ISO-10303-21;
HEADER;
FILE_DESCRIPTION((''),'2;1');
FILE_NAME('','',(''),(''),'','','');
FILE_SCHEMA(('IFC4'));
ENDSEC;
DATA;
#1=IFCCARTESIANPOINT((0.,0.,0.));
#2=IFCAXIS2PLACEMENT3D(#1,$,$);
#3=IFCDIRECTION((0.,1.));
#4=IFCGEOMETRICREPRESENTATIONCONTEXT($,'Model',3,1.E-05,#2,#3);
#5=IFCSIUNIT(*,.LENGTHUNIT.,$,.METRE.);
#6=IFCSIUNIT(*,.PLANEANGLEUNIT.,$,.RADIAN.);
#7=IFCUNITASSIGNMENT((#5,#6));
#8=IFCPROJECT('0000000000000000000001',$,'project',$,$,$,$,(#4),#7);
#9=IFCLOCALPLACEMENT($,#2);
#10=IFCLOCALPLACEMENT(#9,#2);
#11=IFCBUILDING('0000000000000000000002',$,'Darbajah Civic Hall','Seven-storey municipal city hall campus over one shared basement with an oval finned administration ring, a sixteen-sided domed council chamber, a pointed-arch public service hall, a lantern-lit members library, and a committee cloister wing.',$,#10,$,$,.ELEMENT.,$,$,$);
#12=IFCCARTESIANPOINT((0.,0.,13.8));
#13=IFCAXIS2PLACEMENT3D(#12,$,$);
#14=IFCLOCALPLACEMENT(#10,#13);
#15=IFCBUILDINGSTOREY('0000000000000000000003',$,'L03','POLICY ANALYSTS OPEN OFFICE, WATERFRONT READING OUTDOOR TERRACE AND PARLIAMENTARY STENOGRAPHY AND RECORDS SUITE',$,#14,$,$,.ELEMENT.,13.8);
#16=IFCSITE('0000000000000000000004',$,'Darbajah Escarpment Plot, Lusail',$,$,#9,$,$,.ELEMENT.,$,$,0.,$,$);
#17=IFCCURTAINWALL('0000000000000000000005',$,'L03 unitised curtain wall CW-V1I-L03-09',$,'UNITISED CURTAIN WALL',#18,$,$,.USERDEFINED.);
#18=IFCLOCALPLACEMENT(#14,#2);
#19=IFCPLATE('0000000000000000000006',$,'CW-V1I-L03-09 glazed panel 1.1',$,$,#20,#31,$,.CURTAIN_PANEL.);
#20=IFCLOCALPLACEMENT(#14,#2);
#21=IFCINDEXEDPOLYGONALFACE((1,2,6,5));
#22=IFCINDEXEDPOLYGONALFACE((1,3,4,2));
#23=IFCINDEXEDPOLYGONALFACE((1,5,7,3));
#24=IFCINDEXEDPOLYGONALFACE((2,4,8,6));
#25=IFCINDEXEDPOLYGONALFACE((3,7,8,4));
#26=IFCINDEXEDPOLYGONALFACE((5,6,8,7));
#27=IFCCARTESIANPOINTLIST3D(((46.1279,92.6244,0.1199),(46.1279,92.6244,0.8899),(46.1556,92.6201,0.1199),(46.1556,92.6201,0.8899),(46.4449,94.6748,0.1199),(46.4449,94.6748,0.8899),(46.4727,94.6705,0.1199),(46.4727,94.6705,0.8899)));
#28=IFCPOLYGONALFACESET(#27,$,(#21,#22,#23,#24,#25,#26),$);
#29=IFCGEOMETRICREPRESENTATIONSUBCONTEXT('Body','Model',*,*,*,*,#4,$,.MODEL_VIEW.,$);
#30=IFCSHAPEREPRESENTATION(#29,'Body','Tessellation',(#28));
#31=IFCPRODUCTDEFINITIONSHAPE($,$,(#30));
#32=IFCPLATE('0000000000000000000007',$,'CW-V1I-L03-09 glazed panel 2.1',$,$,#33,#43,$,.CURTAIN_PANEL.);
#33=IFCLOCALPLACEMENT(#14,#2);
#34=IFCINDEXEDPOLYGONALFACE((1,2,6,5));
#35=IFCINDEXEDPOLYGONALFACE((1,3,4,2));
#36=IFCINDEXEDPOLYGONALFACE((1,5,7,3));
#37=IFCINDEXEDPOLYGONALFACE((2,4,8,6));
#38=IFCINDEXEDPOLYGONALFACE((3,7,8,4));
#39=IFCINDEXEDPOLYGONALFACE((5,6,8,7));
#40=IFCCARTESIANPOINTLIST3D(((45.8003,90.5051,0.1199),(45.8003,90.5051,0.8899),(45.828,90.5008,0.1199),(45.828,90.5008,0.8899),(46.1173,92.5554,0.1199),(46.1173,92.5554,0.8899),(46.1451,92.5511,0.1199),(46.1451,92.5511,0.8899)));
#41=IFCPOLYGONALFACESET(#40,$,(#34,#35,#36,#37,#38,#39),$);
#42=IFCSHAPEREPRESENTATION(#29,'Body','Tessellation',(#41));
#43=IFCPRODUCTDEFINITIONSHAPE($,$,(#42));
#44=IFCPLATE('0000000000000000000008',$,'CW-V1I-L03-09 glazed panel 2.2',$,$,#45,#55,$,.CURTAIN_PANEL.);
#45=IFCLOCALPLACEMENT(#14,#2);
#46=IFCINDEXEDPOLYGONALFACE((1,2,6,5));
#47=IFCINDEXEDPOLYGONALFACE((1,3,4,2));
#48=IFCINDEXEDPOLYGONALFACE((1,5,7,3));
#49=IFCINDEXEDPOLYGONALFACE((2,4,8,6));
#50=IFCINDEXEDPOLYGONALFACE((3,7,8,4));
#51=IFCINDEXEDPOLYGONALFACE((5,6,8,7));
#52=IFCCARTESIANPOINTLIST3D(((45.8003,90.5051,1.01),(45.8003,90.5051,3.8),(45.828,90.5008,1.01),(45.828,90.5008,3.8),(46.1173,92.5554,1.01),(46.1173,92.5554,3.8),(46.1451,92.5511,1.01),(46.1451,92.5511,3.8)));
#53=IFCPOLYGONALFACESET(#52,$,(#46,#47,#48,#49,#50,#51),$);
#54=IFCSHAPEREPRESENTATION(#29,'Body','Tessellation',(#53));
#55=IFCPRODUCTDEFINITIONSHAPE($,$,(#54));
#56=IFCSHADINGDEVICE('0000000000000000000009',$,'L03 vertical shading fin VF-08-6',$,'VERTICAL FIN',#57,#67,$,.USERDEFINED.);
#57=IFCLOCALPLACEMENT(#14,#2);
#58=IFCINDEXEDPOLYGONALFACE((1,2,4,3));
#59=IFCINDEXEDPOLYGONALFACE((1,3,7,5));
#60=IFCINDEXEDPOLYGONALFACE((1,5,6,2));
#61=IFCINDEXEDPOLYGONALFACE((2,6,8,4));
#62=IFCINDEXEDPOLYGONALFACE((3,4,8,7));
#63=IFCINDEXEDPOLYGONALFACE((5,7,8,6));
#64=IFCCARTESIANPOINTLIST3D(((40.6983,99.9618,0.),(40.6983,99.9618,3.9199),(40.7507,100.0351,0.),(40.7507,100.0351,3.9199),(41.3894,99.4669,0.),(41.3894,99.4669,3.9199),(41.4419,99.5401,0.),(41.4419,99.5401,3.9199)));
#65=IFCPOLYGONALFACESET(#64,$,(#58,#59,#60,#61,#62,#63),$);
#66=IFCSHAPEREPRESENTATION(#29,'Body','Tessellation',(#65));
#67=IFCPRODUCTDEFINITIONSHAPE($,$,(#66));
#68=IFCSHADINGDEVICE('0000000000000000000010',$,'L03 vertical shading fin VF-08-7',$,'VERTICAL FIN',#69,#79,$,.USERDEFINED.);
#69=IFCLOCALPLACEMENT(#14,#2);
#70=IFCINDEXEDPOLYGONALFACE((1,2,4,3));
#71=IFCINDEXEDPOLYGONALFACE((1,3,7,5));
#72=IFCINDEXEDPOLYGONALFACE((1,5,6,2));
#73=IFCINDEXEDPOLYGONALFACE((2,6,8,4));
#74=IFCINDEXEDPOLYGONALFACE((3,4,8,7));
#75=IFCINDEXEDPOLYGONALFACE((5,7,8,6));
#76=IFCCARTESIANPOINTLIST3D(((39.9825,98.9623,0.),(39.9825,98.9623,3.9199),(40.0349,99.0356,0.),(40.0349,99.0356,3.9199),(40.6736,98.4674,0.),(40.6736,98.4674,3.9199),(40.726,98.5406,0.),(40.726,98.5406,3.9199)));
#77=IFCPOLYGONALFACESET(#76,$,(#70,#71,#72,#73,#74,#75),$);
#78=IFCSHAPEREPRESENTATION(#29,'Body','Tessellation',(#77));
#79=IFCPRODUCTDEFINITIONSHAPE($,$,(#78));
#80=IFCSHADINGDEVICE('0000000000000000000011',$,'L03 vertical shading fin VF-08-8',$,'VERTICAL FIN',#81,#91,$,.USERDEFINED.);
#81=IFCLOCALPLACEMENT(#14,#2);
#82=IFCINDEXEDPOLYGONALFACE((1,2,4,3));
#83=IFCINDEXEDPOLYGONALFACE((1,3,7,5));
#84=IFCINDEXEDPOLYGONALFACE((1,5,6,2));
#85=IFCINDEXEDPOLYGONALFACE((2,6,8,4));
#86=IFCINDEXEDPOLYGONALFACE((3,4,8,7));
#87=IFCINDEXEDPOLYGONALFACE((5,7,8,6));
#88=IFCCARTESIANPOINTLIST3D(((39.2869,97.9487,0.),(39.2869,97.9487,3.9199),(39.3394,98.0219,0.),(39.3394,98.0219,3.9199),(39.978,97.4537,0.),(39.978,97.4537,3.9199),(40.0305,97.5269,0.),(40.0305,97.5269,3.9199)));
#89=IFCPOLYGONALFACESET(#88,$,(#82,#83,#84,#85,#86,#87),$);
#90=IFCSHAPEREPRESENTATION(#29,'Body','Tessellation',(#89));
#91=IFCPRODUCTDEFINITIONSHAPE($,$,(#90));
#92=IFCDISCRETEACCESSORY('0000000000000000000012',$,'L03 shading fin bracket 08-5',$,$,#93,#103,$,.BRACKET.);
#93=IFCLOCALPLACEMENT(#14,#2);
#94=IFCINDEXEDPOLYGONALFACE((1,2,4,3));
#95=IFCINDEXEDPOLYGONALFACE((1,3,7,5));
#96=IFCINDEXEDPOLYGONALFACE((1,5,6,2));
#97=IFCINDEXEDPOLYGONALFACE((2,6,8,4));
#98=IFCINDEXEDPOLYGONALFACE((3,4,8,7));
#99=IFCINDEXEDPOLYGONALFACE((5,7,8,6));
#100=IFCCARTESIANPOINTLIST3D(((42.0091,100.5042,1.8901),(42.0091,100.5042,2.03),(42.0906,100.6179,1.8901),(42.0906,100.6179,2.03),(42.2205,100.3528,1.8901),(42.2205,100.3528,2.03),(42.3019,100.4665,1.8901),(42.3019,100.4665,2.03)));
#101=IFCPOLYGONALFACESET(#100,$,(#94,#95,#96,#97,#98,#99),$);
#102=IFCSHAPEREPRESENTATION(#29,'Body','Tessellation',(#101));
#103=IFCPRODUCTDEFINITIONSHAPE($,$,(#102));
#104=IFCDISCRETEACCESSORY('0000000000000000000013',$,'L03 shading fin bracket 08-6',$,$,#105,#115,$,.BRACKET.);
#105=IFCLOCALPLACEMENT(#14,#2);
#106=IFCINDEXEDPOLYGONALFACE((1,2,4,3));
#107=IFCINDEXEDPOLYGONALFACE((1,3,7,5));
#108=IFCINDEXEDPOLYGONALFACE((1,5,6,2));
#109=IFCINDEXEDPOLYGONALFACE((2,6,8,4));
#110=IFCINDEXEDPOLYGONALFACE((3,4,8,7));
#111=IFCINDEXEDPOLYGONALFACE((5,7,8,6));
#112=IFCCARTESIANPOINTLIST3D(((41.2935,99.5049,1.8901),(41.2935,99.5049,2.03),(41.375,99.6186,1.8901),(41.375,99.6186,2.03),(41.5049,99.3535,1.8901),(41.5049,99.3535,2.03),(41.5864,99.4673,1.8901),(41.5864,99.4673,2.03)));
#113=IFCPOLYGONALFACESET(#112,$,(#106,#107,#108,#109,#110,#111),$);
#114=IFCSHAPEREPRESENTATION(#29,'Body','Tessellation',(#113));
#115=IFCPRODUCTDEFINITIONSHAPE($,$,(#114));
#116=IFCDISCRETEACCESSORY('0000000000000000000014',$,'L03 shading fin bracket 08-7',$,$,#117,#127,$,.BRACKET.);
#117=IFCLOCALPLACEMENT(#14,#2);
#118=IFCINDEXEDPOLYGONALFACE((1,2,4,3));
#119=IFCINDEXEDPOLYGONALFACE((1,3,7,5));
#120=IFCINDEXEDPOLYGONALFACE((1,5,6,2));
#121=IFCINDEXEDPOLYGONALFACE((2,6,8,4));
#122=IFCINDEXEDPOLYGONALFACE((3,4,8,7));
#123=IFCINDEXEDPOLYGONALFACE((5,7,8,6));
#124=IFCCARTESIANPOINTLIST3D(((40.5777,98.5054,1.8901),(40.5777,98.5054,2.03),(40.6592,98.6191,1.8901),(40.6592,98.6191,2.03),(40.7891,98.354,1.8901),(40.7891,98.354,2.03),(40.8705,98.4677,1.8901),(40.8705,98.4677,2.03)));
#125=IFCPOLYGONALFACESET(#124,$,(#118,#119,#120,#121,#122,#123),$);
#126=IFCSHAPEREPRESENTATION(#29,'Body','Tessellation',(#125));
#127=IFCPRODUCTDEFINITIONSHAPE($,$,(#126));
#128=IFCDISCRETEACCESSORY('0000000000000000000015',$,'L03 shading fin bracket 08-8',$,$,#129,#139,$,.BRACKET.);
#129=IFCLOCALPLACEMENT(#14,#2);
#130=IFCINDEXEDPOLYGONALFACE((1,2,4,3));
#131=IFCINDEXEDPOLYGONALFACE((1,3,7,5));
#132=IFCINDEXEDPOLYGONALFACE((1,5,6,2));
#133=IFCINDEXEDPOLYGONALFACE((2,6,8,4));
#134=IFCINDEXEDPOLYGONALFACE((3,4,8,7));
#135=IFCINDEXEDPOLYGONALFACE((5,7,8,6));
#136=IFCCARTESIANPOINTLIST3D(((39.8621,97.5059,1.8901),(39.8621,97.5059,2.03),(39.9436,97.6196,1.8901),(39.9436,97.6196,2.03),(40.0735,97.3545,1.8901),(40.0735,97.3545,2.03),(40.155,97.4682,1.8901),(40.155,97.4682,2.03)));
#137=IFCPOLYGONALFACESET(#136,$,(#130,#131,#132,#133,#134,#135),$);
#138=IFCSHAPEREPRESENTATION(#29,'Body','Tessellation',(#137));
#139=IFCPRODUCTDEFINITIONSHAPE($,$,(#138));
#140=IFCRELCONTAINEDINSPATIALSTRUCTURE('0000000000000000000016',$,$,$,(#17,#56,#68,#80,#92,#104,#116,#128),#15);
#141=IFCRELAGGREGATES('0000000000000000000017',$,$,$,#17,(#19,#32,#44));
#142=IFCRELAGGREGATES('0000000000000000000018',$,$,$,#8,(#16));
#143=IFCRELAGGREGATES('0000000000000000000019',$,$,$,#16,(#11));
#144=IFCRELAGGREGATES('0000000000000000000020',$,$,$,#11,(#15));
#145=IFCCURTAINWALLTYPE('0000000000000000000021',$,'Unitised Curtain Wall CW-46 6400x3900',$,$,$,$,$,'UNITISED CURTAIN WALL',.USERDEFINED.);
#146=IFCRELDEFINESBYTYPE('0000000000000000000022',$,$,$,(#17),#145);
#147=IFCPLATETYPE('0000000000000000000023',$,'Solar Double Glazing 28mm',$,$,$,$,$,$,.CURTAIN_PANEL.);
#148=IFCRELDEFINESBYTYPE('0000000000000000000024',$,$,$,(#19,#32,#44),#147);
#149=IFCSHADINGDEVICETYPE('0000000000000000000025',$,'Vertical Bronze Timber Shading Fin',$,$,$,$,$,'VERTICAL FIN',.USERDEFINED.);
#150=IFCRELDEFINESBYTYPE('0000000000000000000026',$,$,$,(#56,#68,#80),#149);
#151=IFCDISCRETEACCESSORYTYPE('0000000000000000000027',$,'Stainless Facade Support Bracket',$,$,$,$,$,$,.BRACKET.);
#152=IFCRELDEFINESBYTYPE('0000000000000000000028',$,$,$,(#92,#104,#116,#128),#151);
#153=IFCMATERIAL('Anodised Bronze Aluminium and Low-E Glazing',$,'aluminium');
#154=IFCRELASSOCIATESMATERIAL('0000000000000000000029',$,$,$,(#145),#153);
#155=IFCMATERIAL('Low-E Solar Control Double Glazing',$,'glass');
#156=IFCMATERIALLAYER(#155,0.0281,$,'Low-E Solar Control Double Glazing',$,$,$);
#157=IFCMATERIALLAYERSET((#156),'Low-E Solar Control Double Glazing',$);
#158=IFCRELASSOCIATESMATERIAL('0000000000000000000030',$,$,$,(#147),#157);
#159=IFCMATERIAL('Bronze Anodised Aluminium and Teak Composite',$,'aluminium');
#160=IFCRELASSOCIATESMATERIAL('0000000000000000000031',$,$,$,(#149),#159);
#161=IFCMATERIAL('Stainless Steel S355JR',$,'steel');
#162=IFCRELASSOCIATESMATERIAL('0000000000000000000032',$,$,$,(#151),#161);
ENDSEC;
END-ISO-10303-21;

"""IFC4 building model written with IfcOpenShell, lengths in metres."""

from ifc_helpers import new_model, si_unit, direction, frame, origin, origin_2d, place, context, subcontext, project, spatial, rectangle, extrude, material, layer, layer_set, type_object, element, aggregate, save


model = new_model("IFC4")

# Units and contexts
model_context = context("Model", 3, precision=1e-05, world=origin(), true_north=direction((0.0, 1.0)))
body_context = subcontext(model_context, "Body", "Model", "MODEL_VIEW")
ifc_project = project(units=[si_unit("LENGTHUNIT", "METRE"), si_unit("PLANEANGLEUNIT", "RADIAN")], contexts=[model_context])

# Site, building, storey
site_placement = place(None, origin())
site = spatial("IfcSite", under=ifc_project, at=site_placement, Name="Darbajah Escarpment Plot, Lusail", CompositionType="ELEMENT", RefElevation=0.0)
building_placement = place(site_placement, origin())
building = spatial("IfcBuilding", under=site, at=building_placement, Name="Darbajah Civic Hall", Description="Seven-storey municipal city hall campus over one shared basement with an oval finned administration ring, a sixteen-sided domed council chamber, a pointed-arch public service hall, a lantern-lit members library, and a committee cloister wing.", CompositionType="ELEMENT")
storey_placement = place(building_placement, frame((0.0, 0.0, 13.8)))
storey = spatial("IfcBuildingStorey", under=building, at=storey_placement, Name="L03", Description="POLICY ANALYSTS OPEN OFFICE, WATERFRONT READING OUTDOOR TERRACE AND PARLIAMENTARY STENOGRAPHY AND RECORDS SUITE", CompositionType="ELEMENT", Elevation=13.8)

# Curtain wall
ifc_material_1 = material(Name="Anodised Bronze Aluminium and Low-E Glazing", Category="aluminium")
curtain_wall_type_1 = type_object("IfcCurtainWallType", Name="Unitised Curtain Wall CW-46 6400x3900", ElementType="UNITISED CURTAIN WALL", PredefinedType="USERDEFINED", material=ifc_material_1)
curtain_wall_1_placement = place(storey_placement, origin())
curtain_wall_1 = element("IfcCurtainWall", 1, at=curtain_wall_1_placement, inside=storey, type_object=curtain_wall_type_1, Name="L03 unitised curtain wall CW-V1I-L03-09", ObjectType="UNITISED CURTAIN WALL", PredefinedType="USERDEFINED")

# Plates
ifc_material_2 = material(Name="Low-E Solar Control Double Glazing", Category="glass")
ifc_layer_1 = layer(ifc_material_2, 0.0281, Name="Low-E Solar Control Double Glazing")
ifc_layer_set_1 = layer_set([ifc_layer_1], Name="Low-E Solar Control Double Glazing")
plate_type_1 = type_object("IfcPlateType", Name="Solar Double Glazing 28mm", PredefinedType="CURTAIN_PANEL", material=ifc_layer_set_1)
plate_1_placement = place(storey_placement, frame((46.3003, 93.6475, 0.1199), z_axis=(0.0, 0.0, 1.0), x_axis=(-0.152813, -0.988255, 0.0)))
plate_1 = element("IfcPlate", 2, at=plate_1_placement, type_object=plate_type_1, Name="CW-V1I-L03-09 glazed panel 1.1", PredefinedType="CURTAIN_PANEL", context=body_context, shape_type="SweptSolid", body=[
    extrude(rectangle(XDim=2.0747, YDim=0.0281, at=origin_2d()), origin(), (0.0, 0.0, 1.0), 0.77),
])
plate_2_placement = place(storey_placement, frame((45.9727, 91.5281, 0.1199), z_axis=(0.0, 0.0, 1.0), x_axis=(-0.152813, -0.988255, 0.0)))
plate_2 = element("IfcPlate", 3, at=plate_2_placement, type_object=plate_type_1, Name="CW-V1I-L03-09 glazed panel 2.1", PredefinedType="CURTAIN_PANEL", context=body_context, shape_type="SweptSolid", body=[
    extrude(rectangle(XDim=2.0747, YDim=0.0281, at=origin_2d()), origin(), (0.0, 0.0, 1.0), 0.77),
])
plate_3_placement = place(storey_placement, frame((45.9727, 91.5281, 1.01), z_axis=(0.0, 0.0, 1.0), x_axis=(-0.152813, -0.988255, 0.0)))
plate_3 = element("IfcPlate", 4, at=plate_3_placement, type_object=plate_type_1, Name="CW-V1I-L03-09 glazed panel 2.2", PredefinedType="CURTAIN_PANEL", context=body_context, shape_type="SweptSolid", body=[
    extrude(rectangle(XDim=2.0747, YDim=0.0281, at=origin_2d()), origin(), (0.0, 0.0, 1.0), 2.79),
])
aggregate(curtain_wall_1, [plate_1, plate_2, plate_3])

# Shading devices
ifc_material_3 = material(Name="Bronze Anodised Aluminium and Teak Composite", Category="aluminium")
shading_device_type = type_object("IfcShadingDeviceType", Name="Vertical Bronze Timber Shading Fin", ElementType="VERTICAL FIN", PredefinedType="USERDEFINED", material=ifc_material_3)
for number, where, z_axis, x_axis, name in (
    (5, (41.0701, 99.751, 0.0), (0.0, 0.0, 1.0), (-0.812999, 0.582265, 0.0), "L03 vertical shading fin VF-08-6"),
    (6, (40.3542, 98.7515, 0.0), (0.0, 0.0, 1.0), (-0.812999, 0.582265, 0.0), "L03 vertical shading fin VF-08-7"),
    (7, (39.6587, 97.7378, 0.0), (0.0, 0.0, 1.0), (-0.812999, 0.582265, 0.0), "L03 vertical shading fin VF-08-8"),
):
    element("IfcShadingDevice", number, at=place(storey_placement, frame(where, z_axis=z_axis, x_axis=x_axis)), inside=storey, type_object=shading_device_type, Name=name, ObjectType="VERTICAL FIN", PredefinedType="USERDEFINED", context=body_context, shape_type="SweptSolid", body=[
        extrude(rectangle(XDim=0.8501, YDim=0.0901, at=origin_2d()), origin(), (0.0, 0.0, 1.0), 3.9199),
    ])

# Discrete accessories
ifc_material_4 = material(Name="Stainless Steel S355JR", Category="steel")
discrete_accessory_type = type_object("IfcDiscreteAccessoryType", Name="Stainless Facade Support Bracket", PredefinedType="BRACKET", material=ifc_material_4)
for number, where, z_axis, x_axis, name in (
    (8, (42.1555, 100.4854, 1.8901), (0.0, 0.0, 1.0), (-0.812999, 0.582265, 0.0), "L03 shading fin bracket 08-5"),
    (9, (41.4399, 99.4861, 1.8901), (0.0, 0.0, 1.0), (-0.812999, 0.582265, 0.0), "L03 shading fin bracket 08-6"),
    (10, (40.7241, 98.4866, 1.8901), (0.0, 0.0, 1.0), (-0.812999, 0.582265, 0.0), "L03 shading fin bracket 08-7"),
    (11, (40.0085, 97.4871, 1.8901), (0.0, 0.0, 1.0), (-0.812999, 0.582265, 0.0), "L03 shading fin bracket 08-8"),
):
    element("IfcDiscreteAccessory", number, at=place(storey_placement, frame(where, z_axis=z_axis, x_axis=x_axis)), inside=storey, type_object=discrete_accessory_type, Name=name, PredefinedType="BRACKET", context=body_context, shape_type="SweptSolid", body=[
        extrude(rectangle(XDim=0.26, YDim=0.1399, at=origin_2d()), origin(), (0.0, 0.0, 1.0), 0.1399),
    ])

save(model, "model.ifc")
